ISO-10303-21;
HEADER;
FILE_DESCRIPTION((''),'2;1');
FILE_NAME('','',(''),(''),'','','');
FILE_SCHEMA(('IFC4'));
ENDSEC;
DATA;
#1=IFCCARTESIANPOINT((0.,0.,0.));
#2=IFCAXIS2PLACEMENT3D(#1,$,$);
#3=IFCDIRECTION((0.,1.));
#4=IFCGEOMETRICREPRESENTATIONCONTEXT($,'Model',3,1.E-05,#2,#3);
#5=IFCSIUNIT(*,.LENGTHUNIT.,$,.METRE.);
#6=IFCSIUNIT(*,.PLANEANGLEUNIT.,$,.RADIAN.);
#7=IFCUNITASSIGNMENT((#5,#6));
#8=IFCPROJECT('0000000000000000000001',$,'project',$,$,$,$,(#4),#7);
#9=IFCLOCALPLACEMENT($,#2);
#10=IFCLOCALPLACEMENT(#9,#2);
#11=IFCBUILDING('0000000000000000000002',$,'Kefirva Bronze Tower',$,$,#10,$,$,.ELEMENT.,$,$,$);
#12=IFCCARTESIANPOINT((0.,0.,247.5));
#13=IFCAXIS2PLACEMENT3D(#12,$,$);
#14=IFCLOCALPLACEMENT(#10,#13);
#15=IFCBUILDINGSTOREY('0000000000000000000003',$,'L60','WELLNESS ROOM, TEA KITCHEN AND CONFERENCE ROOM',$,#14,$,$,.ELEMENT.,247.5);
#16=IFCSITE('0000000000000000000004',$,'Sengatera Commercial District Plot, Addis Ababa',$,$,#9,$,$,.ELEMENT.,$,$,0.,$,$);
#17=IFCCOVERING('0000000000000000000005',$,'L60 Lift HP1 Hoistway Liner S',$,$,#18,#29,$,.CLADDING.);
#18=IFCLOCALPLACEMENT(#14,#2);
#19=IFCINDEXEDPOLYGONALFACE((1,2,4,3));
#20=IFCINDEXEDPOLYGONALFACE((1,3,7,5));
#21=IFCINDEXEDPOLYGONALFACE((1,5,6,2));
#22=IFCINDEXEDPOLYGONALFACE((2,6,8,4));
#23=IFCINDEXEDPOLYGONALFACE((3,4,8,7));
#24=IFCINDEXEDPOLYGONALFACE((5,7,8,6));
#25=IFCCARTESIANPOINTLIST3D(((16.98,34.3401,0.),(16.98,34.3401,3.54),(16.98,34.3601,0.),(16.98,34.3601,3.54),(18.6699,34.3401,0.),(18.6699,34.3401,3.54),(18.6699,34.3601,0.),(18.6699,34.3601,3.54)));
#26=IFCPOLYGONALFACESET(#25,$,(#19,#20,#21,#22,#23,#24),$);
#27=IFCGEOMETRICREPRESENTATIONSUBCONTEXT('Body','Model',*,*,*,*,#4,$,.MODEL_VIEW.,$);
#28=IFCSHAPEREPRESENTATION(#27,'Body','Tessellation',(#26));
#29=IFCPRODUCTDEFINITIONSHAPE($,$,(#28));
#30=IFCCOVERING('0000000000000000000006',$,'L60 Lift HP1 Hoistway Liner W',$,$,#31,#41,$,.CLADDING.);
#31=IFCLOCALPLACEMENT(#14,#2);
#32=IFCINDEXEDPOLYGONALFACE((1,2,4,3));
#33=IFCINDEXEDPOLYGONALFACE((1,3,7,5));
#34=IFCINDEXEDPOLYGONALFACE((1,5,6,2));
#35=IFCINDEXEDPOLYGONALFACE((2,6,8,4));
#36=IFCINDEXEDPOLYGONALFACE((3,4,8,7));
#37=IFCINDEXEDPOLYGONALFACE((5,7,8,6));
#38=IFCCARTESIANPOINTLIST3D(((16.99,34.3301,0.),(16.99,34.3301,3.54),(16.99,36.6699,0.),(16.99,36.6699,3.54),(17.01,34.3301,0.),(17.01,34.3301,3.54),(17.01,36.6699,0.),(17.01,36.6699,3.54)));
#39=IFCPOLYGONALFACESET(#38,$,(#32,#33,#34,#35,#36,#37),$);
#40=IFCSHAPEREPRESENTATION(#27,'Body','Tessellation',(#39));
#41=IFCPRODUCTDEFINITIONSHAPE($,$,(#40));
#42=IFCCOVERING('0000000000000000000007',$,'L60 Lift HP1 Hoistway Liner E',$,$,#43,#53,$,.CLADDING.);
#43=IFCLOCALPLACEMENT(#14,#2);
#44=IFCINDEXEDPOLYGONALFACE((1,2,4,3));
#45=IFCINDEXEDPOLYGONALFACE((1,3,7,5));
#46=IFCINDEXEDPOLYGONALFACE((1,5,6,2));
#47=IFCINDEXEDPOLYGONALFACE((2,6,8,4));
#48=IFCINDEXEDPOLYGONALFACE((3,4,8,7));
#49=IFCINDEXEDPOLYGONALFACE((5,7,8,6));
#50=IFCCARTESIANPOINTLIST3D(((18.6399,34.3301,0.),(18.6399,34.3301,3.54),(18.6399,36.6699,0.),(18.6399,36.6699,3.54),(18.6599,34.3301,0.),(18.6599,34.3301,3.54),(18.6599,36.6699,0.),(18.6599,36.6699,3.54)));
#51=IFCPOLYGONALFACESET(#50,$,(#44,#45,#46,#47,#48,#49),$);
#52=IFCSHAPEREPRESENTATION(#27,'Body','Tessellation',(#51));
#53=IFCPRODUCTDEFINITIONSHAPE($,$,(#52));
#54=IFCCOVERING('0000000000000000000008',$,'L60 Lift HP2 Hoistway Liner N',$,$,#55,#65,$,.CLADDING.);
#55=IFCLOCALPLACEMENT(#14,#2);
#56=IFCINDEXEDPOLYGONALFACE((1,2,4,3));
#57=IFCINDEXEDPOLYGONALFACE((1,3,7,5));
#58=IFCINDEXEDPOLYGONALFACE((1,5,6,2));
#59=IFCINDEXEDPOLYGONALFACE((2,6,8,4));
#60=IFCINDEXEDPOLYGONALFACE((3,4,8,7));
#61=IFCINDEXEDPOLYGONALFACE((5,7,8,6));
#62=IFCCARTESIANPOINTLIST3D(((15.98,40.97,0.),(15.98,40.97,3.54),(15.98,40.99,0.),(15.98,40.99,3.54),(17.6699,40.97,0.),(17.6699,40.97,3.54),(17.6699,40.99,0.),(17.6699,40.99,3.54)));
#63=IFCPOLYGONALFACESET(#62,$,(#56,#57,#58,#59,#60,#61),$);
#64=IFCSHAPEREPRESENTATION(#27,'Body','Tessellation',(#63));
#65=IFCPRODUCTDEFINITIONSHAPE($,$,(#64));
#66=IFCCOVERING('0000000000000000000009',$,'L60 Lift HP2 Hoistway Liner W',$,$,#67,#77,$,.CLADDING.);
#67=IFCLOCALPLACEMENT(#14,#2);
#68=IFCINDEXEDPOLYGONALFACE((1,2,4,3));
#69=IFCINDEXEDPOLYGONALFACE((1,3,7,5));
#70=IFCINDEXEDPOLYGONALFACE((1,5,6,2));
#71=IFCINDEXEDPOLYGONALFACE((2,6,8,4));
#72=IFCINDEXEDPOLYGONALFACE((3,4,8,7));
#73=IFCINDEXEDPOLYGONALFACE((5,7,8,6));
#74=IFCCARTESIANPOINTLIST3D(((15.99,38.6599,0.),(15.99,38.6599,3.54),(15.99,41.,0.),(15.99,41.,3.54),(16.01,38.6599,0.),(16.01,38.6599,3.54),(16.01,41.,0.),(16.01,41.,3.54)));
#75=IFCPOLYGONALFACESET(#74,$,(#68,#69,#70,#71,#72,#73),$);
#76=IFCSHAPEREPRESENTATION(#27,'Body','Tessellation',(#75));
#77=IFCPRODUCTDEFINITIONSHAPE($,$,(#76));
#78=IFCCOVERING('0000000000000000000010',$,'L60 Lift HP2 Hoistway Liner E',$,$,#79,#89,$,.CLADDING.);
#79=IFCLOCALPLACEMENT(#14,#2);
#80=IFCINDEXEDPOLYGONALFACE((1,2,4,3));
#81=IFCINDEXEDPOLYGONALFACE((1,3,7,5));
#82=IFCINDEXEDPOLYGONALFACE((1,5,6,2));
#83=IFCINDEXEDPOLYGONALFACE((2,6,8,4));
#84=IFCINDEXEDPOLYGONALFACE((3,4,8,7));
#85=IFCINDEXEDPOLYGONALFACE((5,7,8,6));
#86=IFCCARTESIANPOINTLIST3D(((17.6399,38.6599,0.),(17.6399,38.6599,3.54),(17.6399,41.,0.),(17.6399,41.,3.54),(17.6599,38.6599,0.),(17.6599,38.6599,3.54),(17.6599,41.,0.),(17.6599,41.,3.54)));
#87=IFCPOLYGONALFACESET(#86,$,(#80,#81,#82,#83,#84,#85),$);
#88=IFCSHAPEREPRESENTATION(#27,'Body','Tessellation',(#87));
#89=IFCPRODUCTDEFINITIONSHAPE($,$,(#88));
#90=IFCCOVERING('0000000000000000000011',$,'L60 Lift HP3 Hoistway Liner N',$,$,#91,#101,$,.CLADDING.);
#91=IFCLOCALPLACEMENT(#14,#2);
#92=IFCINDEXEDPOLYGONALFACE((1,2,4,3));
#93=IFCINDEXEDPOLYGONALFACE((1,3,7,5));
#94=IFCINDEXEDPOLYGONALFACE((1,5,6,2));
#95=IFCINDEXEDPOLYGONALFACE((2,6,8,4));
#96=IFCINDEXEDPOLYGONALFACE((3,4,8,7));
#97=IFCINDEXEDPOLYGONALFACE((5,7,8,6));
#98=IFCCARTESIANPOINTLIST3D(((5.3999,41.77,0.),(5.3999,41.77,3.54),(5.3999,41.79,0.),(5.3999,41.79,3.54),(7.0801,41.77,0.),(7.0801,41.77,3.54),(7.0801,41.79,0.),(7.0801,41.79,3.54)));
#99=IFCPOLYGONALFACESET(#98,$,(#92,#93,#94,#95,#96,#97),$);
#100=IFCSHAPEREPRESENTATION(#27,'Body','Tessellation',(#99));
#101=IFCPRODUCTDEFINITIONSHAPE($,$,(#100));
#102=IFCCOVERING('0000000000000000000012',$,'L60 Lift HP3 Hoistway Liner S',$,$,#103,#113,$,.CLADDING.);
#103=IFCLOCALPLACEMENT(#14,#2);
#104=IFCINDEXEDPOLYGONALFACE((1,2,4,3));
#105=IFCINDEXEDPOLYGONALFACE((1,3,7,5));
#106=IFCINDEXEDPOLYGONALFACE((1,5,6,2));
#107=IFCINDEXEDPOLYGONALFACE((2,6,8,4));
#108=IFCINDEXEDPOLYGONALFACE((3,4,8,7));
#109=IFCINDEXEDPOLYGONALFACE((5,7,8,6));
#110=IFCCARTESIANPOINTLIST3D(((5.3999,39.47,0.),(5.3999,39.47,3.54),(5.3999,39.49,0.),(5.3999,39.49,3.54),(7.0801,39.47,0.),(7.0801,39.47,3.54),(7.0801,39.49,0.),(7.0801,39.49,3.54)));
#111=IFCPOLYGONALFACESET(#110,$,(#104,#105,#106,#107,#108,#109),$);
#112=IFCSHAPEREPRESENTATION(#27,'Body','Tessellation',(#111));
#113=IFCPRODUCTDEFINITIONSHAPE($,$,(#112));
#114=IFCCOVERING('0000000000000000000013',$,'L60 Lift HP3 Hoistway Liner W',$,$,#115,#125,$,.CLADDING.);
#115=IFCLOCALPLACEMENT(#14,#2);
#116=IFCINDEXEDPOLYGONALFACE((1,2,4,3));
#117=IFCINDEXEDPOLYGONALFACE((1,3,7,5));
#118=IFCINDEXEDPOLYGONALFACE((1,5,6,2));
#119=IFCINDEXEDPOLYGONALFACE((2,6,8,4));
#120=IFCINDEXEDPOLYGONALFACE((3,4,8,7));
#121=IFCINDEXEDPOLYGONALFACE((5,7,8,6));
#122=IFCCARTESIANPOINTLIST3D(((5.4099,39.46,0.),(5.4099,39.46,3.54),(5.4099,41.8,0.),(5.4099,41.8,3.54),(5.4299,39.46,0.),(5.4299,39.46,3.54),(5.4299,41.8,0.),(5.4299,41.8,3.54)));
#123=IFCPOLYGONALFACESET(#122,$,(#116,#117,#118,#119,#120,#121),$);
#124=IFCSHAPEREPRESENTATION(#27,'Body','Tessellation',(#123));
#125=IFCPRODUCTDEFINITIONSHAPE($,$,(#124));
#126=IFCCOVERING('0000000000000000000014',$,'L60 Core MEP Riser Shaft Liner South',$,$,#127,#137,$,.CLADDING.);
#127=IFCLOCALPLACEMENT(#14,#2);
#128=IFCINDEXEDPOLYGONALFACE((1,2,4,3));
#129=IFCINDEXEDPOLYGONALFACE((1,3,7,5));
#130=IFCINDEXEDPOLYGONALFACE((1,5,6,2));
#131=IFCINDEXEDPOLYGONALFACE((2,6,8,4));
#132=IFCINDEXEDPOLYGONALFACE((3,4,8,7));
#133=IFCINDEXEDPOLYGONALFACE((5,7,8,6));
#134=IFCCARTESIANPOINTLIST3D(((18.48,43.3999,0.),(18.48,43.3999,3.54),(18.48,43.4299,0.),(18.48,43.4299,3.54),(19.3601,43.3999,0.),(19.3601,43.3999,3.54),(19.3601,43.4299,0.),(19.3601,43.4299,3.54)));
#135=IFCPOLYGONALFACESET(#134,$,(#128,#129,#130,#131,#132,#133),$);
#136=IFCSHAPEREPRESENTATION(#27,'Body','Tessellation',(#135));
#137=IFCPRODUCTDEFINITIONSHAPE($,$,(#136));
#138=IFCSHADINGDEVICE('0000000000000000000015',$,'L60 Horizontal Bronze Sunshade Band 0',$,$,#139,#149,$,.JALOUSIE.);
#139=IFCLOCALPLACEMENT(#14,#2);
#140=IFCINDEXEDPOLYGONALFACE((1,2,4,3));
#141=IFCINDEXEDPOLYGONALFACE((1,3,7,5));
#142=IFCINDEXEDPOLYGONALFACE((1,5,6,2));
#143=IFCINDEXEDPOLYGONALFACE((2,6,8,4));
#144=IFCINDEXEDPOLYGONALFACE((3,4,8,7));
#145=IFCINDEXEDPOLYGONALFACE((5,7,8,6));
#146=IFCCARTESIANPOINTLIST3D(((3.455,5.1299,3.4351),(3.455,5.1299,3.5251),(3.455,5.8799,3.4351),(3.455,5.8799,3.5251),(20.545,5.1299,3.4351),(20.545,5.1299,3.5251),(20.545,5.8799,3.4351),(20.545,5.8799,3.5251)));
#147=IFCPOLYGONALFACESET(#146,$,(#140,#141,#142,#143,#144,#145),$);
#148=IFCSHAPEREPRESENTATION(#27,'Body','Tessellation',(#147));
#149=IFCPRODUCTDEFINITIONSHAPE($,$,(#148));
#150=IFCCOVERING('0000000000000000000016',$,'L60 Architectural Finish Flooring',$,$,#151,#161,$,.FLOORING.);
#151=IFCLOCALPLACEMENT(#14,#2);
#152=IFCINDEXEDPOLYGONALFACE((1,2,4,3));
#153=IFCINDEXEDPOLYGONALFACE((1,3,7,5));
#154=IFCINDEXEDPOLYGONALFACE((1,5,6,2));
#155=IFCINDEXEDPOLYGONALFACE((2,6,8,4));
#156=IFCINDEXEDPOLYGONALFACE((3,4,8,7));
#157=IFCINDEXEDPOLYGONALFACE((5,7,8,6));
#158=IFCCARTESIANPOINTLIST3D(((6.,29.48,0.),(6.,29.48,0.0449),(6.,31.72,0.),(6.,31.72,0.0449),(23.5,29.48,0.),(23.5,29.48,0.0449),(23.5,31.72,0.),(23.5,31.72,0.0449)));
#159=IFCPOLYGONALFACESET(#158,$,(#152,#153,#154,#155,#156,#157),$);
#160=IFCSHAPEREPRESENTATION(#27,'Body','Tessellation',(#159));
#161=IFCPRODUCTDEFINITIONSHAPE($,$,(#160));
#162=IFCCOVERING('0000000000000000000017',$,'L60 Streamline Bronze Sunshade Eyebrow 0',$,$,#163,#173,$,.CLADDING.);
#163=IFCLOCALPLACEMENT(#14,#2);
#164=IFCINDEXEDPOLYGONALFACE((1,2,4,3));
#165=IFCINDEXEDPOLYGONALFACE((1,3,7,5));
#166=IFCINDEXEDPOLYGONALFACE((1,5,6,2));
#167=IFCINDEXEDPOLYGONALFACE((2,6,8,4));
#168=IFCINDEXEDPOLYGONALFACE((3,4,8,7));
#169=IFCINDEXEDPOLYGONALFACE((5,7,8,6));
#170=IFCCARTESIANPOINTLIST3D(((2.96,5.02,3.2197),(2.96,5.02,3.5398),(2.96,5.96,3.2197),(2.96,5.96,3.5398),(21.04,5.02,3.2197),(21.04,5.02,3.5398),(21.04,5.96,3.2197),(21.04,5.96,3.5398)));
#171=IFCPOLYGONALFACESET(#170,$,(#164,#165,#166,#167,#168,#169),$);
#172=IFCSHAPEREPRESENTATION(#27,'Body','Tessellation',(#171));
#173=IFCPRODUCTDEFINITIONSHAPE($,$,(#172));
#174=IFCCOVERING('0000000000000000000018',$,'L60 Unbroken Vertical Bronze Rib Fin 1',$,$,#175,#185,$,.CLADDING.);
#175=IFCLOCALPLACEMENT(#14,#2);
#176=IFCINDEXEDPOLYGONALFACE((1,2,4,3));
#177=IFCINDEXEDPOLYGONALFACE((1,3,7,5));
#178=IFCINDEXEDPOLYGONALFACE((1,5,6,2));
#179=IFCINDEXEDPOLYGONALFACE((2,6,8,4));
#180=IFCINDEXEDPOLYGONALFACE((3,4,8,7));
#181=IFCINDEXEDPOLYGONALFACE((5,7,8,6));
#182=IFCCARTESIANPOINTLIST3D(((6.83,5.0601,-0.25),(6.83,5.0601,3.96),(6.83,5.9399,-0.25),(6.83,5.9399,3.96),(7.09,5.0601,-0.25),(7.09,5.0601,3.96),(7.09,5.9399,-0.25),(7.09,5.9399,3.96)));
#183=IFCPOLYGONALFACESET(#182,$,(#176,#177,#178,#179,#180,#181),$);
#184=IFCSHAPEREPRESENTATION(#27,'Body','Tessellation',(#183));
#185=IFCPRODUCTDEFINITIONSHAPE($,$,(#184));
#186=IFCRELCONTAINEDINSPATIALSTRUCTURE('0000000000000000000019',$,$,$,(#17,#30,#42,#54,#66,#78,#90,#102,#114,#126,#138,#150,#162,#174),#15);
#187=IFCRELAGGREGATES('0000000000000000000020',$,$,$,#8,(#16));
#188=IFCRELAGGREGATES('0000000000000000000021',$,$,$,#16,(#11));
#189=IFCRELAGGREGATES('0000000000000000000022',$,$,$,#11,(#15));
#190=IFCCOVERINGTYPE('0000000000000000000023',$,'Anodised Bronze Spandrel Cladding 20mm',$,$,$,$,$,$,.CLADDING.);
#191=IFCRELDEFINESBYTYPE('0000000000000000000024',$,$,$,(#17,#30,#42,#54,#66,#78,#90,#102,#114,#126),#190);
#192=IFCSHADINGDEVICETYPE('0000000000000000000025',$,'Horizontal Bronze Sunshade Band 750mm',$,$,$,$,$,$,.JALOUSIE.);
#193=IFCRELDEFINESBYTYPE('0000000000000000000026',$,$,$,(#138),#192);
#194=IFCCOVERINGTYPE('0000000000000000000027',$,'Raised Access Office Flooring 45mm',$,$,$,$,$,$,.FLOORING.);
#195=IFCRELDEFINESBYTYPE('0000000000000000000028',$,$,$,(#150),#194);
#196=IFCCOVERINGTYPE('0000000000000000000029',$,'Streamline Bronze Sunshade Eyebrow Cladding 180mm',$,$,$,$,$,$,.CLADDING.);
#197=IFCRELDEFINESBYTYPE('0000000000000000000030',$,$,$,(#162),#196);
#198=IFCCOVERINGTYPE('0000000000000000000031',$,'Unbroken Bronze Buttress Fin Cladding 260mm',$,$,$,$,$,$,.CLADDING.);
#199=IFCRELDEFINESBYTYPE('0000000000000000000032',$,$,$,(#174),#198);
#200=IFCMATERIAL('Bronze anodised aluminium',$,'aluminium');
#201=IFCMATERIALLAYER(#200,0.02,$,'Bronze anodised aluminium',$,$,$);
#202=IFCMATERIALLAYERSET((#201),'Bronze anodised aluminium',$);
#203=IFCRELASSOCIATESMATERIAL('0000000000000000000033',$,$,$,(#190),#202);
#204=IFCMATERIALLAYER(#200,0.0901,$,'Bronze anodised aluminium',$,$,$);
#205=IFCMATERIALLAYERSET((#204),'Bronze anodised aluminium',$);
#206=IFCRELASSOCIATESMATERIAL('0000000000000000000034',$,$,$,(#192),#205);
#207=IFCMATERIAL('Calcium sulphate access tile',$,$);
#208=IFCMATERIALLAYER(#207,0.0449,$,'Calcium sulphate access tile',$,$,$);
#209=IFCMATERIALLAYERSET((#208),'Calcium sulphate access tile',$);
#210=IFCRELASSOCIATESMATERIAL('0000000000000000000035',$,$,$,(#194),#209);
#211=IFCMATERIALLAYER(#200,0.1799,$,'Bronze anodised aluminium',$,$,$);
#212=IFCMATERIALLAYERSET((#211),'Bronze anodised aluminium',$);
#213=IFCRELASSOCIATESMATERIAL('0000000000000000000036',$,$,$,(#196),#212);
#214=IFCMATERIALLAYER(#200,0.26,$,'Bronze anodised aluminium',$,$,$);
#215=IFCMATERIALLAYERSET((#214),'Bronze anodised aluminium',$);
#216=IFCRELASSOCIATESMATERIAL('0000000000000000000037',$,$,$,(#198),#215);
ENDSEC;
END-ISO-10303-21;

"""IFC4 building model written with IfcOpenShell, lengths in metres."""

from ifc_helpers import new_model, si_unit, direction, frame, origin, origin_2d, place, context, subcontext, project, spatial, polyline, rectangle, outline, extrude, material, layer, layer_set, type_object, element, save


model = new_model("IFC4")

# Units and contexts
model_context = context("Model", 3, precision=1e-05, world=origin(), true_north=direction((0.0, 1.0)))
body_context = subcontext(model_context, "Body", "Model", "MODEL_VIEW")
ifc_project = project(units=[si_unit("LENGTHUNIT", "METRE"), si_unit("PLANEANGLEUNIT", "RADIAN")], contexts=[model_context])

# Site, building, storey
site_placement = place(None, origin())
site = spatial("IfcSite", under=ifc_project, at=site_placement, Name="Sengatera Commercial District Plot, Addis Ababa", CompositionType="ELEMENT", RefElevation=0.0)
building_placement = place(site_placement, origin())
building = spatial("IfcBuilding", under=site, at=building_placement, Name="Kefirva Bronze Tower", CompositionType="ELEMENT")
storey_placement = place(building_placement, frame((0.0, 0.0, 247.5)))
storey = spatial("IfcBuildingStorey", under=building, at=storey_placement, Name="L60", Description="WELLNESS ROOM, TEA KITCHEN AND CONFERENCE ROOM", CompositionType="ELEMENT", Elevation=247.5)

# Coverings
ifc_material_1 = material(Name="Bronze anodised aluminium", Category="aluminium")
ifc_layer_1 = layer(ifc_material_1, 0.02, Name="Bronze anodised aluminium")
ifc_layer_set_1 = layer_set([ifc_layer_1], Name="Bronze anodised aluminium")
covering_type_1 = type_object("IfcCoveringType", Name="Anodised Bronze Spandrel Cladding 20mm", PredefinedType="CLADDING", material=ifc_layer_set_1)
covering_1_placement = place(storey_placement, origin())
element("IfcCovering", 1, at=covering_1_placement, inside=storey, type_object=covering_type_1, Name="L60 Lift HP1 Hoistway Liner S", PredefinedType="CLADDING", context=body_context, shape_type="SweptSolid", body=[
    extrude(outline(polyline([(16.98, 34.3401), (18.6699, 34.3401), (18.6699, 34.3601), (16.98, 34.3601), (16.98, 34.3401)])), origin(), (0.0, 0.0, 1.0), 3.54),
])
covering_2_placement = place(storey_placement, origin())
element("IfcCovering", 2, at=covering_2_placement, inside=storey, type_object=covering_type_1, Name="L60 Lift HP1 Hoistway Liner W", PredefinedType="CLADDING", context=body_context, shape_type="SweptSolid", body=[
    extrude(outline(polyline([(16.99, 34.3301), (17.01, 34.3301), (17.01, 36.6699), (16.99, 36.6699), (16.99, 34.3301)])), origin(), (0.0, 0.0, 1.0), 3.54),
])
covering_3_placement = place(storey_placement, origin())
element("IfcCovering", 3, at=covering_3_placement, inside=storey, type_object=covering_type_1, Name="L60 Lift HP1 Hoistway Liner E", PredefinedType="CLADDING", context=body_context, shape_type="SweptSolid", body=[
    extrude(outline(polyline([(18.6399, 34.3301), (18.6599, 34.3301), (18.6599, 36.6699), (18.6399, 36.6699), (18.6399, 34.3301)])), origin(), (0.0, 0.0, 1.0), 3.54),
])
covering_4_placement = place(storey_placement, origin())
element("IfcCovering", 4, at=covering_4_placement, inside=storey, type_object=covering_type_1, Name="L60 Lift HP2 Hoistway Liner N", PredefinedType="CLADDING", context=body_context, shape_type="SweptSolid", body=[
    extrude(outline(polyline([(15.98, 40.97), (17.6699, 40.97), (17.6699, 40.99), (15.98, 40.99), (15.98, 40.97)])), origin(), (0.0, 0.0, 1.0), 3.54),
])
covering_5_placement = place(storey_placement, origin())
element("IfcCovering", 5, at=covering_5_placement, inside=storey, type_object=covering_type_1, Name="L60 Lift HP2 Hoistway Liner W", PredefinedType="CLADDING", context=body_context, shape_type="SweptSolid", body=[
    extrude(outline(polyline([(15.99, 38.6599), (16.01, 38.6599), (16.01, 41.0), (15.99, 41.0), (15.99, 38.6599)])), origin(), (0.0, 0.0, 1.0), 3.54),
])
covering_6_placement = place(storey_placement, origin())
element("IfcCovering", 6, at=covering_6_placement, inside=storey, type_object=covering_type_1, Name="L60 Lift HP2 Hoistway Liner E", PredefinedType="CLADDING", context=body_context, shape_type="SweptSolid", body=[
    extrude(outline(polyline([(17.6399, 38.6599), (17.6599, 38.6599), (17.6599, 41.0), (17.6399, 41.0), (17.6399, 38.6599)])), origin(), (0.0, 0.0, 1.0), 3.54),
])
covering_7_placement = place(storey_placement, origin())
element("IfcCovering", 7, at=covering_7_placement, inside=storey, type_object=covering_type_1, Name="L60 Lift HP3 Hoistway Liner N", PredefinedType="CLADDING", context=body_context, shape_type="SweptSolid", body=[
    extrude(outline(polyline([(5.3999, 41.77), (7.0801, 41.77), (7.0801, 41.79), (5.3999, 41.79), (5.3999, 41.77)])), origin(), (0.0, 0.0, 1.0), 3.54),
])
covering_8_placement = place(storey_placement, origin())
element("IfcCovering", 8, at=covering_8_placement, inside=storey, type_object=covering_type_1, Name="L60 Lift HP3 Hoistway Liner S", PredefinedType="CLADDING", context=body_context, shape_type="SweptSolid", body=[
    extrude(outline(polyline([(5.3999, 39.47), (7.0801, 39.47), (7.0801, 39.49), (5.3999, 39.49), (5.3999, 39.47)])), origin(), (0.0, 0.0, 1.0), 3.54),
])
covering_9_placement = place(storey_placement, origin())
element("IfcCovering", 9, at=covering_9_placement, inside=storey, type_object=covering_type_1, Name="L60 Lift HP3 Hoistway Liner W", PredefinedType="CLADDING", context=body_context, shape_type="SweptSolid", body=[
    extrude(outline(polyline([(5.4099, 39.46), (5.4299, 39.46), (5.4299, 41.8), (5.4099, 41.8), (5.4099, 39.46)])), origin(), (0.0, 0.0, 1.0), 3.54),
])
covering_10_placement = place(storey_placement, origin())
element("IfcCovering", 10, at=covering_10_placement, inside=storey, type_object=covering_type_1, Name="L60 Core MEP Riser Shaft Liner South", PredefinedType="CLADDING", context=body_context, shape_type="SweptSolid", body=[
    extrude(outline(polyline([(18.48, 43.3999), (19.3601, 43.3999), (19.3601, 43.4299), (18.48, 43.4299), (18.48, 43.3999)])), origin(), (0.0, 0.0, 1.0), 3.54),
])

# Shading device
ifc_layer_2 = layer(ifc_material_1, 0.0901, Name="Bronze anodised aluminium")
ifc_layer_set_2 = layer_set([ifc_layer_2], Name="Bronze anodised aluminium")
shading_device_type = type_object("IfcShadingDeviceType", Name="Horizontal Bronze Sunshade Band 750mm", PredefinedType="JALOUSIE", material=ifc_layer_set_2)
shading_device_placement = place(storey_placement, frame((12.0, 5.5049, 3.4351), z_axis=(0.0, 0.0, 1.0), x_axis=(1.0, 0.0, 0.0)))
element("IfcShadingDevice", 11, at=shading_device_placement, inside=storey, type_object=shading_device_type, Name="L60 Horizontal Bronze Sunshade Band 0", PredefinedType="JALOUSIE", context=body_context, shape_type="SweptSolid", body=[
    extrude(rectangle(XDim=17.0901, YDim=0.75, at=origin_2d()), origin(), (0.0, 0.0, 1.0), 0.0901),
])

# Coverings
ifc_material_2 = material(Name="Calcium sulphate access tile")
ifc_layer_3 = layer(ifc_material_2, 0.0449, Name="Calcium sulphate access tile")
ifc_layer_set_3 = layer_set([ifc_layer_3], Name="Calcium sulphate access tile")
covering_type_2 = type_object("IfcCoveringType", Name="Raised Access Office Flooring 45mm", PredefinedType="FLOORING", material=ifc_layer_set_3)
covering_11_placement = place(storey_placement, origin())
element("IfcCovering", 12, at=covering_11_placement, inside=storey, type_object=covering_type_2, Name="L60 Architectural Finish Flooring", PredefinedType="FLOORING", context=body_context, shape_type="SweptSolid", body=[
    extrude(outline(polyline([(6.0, 29.48), (23.5, 29.48), (23.5, 31.72), (6.0, 31.72), (6.0, 29.48)])), origin(), (0.0, 0.0, 1.0), 0.0449),
])
ifc_layer_4 = layer(ifc_material_1, 0.1799, Name="Bronze anodised aluminium")
ifc_layer_set_4 = layer_set([ifc_layer_4], Name="Bronze anodised aluminium")
covering_type_3 = type_object("IfcCoveringType", Name="Streamline Bronze Sunshade Eyebrow Cladding 180mm", PredefinedType="CLADDING", material=ifc_layer_set_4)
covering_12_placement = place(storey_placement, frame((12.0, 5.49, 3.2197), z_axis=(0.0, 0.0, 1.0), x_axis=(1.0, 0.0, 0.0)))
element("IfcCovering", 13, at=covering_12_placement, inside=storey, type_object=covering_type_3, Name="L60 Streamline Bronze Sunshade Eyebrow 0", PredefinedType="CLADDING", context=body_context, shape_type="SweptSolid", body=[
    extrude(rectangle(XDim=18.0801, YDim=0.9399, at=origin_2d()), origin(), (0.0, 0.0, 1.0), 0.3201),
])
ifc_layer_5 = layer(ifc_material_1, 0.26, Name="Bronze anodised aluminium")
ifc_layer_set_5 = layer_set([ifc_layer_5], Name="Bronze anodised aluminium")
covering_type_4 = type_object("IfcCoveringType", Name="Unbroken Bronze Buttress Fin Cladding 260mm", PredefinedType="CLADDING", material=ifc_layer_set_5)
covering_13_placement = place(storey_placement, frame((6.96, 5.5, -0.25), z_axis=(0.0, 0.0, 1.0), x_axis=(1.0, 0.0, 0.0)))
element("IfcCovering", 14, at=covering_13_placement, inside=storey, type_object=covering_type_4, Name="L60 Unbroken Vertical Bronze Rib Fin 1", PredefinedType="CLADDING", context=body_context, shape_type="SweptSolid", body=[
    extrude(rectangle(XDim=0.26, YDim=0.8799, at=origin_2d()), origin(), (0.0, 0.0, 1.0), 4.21),
])

save(model, "model.ifc")
